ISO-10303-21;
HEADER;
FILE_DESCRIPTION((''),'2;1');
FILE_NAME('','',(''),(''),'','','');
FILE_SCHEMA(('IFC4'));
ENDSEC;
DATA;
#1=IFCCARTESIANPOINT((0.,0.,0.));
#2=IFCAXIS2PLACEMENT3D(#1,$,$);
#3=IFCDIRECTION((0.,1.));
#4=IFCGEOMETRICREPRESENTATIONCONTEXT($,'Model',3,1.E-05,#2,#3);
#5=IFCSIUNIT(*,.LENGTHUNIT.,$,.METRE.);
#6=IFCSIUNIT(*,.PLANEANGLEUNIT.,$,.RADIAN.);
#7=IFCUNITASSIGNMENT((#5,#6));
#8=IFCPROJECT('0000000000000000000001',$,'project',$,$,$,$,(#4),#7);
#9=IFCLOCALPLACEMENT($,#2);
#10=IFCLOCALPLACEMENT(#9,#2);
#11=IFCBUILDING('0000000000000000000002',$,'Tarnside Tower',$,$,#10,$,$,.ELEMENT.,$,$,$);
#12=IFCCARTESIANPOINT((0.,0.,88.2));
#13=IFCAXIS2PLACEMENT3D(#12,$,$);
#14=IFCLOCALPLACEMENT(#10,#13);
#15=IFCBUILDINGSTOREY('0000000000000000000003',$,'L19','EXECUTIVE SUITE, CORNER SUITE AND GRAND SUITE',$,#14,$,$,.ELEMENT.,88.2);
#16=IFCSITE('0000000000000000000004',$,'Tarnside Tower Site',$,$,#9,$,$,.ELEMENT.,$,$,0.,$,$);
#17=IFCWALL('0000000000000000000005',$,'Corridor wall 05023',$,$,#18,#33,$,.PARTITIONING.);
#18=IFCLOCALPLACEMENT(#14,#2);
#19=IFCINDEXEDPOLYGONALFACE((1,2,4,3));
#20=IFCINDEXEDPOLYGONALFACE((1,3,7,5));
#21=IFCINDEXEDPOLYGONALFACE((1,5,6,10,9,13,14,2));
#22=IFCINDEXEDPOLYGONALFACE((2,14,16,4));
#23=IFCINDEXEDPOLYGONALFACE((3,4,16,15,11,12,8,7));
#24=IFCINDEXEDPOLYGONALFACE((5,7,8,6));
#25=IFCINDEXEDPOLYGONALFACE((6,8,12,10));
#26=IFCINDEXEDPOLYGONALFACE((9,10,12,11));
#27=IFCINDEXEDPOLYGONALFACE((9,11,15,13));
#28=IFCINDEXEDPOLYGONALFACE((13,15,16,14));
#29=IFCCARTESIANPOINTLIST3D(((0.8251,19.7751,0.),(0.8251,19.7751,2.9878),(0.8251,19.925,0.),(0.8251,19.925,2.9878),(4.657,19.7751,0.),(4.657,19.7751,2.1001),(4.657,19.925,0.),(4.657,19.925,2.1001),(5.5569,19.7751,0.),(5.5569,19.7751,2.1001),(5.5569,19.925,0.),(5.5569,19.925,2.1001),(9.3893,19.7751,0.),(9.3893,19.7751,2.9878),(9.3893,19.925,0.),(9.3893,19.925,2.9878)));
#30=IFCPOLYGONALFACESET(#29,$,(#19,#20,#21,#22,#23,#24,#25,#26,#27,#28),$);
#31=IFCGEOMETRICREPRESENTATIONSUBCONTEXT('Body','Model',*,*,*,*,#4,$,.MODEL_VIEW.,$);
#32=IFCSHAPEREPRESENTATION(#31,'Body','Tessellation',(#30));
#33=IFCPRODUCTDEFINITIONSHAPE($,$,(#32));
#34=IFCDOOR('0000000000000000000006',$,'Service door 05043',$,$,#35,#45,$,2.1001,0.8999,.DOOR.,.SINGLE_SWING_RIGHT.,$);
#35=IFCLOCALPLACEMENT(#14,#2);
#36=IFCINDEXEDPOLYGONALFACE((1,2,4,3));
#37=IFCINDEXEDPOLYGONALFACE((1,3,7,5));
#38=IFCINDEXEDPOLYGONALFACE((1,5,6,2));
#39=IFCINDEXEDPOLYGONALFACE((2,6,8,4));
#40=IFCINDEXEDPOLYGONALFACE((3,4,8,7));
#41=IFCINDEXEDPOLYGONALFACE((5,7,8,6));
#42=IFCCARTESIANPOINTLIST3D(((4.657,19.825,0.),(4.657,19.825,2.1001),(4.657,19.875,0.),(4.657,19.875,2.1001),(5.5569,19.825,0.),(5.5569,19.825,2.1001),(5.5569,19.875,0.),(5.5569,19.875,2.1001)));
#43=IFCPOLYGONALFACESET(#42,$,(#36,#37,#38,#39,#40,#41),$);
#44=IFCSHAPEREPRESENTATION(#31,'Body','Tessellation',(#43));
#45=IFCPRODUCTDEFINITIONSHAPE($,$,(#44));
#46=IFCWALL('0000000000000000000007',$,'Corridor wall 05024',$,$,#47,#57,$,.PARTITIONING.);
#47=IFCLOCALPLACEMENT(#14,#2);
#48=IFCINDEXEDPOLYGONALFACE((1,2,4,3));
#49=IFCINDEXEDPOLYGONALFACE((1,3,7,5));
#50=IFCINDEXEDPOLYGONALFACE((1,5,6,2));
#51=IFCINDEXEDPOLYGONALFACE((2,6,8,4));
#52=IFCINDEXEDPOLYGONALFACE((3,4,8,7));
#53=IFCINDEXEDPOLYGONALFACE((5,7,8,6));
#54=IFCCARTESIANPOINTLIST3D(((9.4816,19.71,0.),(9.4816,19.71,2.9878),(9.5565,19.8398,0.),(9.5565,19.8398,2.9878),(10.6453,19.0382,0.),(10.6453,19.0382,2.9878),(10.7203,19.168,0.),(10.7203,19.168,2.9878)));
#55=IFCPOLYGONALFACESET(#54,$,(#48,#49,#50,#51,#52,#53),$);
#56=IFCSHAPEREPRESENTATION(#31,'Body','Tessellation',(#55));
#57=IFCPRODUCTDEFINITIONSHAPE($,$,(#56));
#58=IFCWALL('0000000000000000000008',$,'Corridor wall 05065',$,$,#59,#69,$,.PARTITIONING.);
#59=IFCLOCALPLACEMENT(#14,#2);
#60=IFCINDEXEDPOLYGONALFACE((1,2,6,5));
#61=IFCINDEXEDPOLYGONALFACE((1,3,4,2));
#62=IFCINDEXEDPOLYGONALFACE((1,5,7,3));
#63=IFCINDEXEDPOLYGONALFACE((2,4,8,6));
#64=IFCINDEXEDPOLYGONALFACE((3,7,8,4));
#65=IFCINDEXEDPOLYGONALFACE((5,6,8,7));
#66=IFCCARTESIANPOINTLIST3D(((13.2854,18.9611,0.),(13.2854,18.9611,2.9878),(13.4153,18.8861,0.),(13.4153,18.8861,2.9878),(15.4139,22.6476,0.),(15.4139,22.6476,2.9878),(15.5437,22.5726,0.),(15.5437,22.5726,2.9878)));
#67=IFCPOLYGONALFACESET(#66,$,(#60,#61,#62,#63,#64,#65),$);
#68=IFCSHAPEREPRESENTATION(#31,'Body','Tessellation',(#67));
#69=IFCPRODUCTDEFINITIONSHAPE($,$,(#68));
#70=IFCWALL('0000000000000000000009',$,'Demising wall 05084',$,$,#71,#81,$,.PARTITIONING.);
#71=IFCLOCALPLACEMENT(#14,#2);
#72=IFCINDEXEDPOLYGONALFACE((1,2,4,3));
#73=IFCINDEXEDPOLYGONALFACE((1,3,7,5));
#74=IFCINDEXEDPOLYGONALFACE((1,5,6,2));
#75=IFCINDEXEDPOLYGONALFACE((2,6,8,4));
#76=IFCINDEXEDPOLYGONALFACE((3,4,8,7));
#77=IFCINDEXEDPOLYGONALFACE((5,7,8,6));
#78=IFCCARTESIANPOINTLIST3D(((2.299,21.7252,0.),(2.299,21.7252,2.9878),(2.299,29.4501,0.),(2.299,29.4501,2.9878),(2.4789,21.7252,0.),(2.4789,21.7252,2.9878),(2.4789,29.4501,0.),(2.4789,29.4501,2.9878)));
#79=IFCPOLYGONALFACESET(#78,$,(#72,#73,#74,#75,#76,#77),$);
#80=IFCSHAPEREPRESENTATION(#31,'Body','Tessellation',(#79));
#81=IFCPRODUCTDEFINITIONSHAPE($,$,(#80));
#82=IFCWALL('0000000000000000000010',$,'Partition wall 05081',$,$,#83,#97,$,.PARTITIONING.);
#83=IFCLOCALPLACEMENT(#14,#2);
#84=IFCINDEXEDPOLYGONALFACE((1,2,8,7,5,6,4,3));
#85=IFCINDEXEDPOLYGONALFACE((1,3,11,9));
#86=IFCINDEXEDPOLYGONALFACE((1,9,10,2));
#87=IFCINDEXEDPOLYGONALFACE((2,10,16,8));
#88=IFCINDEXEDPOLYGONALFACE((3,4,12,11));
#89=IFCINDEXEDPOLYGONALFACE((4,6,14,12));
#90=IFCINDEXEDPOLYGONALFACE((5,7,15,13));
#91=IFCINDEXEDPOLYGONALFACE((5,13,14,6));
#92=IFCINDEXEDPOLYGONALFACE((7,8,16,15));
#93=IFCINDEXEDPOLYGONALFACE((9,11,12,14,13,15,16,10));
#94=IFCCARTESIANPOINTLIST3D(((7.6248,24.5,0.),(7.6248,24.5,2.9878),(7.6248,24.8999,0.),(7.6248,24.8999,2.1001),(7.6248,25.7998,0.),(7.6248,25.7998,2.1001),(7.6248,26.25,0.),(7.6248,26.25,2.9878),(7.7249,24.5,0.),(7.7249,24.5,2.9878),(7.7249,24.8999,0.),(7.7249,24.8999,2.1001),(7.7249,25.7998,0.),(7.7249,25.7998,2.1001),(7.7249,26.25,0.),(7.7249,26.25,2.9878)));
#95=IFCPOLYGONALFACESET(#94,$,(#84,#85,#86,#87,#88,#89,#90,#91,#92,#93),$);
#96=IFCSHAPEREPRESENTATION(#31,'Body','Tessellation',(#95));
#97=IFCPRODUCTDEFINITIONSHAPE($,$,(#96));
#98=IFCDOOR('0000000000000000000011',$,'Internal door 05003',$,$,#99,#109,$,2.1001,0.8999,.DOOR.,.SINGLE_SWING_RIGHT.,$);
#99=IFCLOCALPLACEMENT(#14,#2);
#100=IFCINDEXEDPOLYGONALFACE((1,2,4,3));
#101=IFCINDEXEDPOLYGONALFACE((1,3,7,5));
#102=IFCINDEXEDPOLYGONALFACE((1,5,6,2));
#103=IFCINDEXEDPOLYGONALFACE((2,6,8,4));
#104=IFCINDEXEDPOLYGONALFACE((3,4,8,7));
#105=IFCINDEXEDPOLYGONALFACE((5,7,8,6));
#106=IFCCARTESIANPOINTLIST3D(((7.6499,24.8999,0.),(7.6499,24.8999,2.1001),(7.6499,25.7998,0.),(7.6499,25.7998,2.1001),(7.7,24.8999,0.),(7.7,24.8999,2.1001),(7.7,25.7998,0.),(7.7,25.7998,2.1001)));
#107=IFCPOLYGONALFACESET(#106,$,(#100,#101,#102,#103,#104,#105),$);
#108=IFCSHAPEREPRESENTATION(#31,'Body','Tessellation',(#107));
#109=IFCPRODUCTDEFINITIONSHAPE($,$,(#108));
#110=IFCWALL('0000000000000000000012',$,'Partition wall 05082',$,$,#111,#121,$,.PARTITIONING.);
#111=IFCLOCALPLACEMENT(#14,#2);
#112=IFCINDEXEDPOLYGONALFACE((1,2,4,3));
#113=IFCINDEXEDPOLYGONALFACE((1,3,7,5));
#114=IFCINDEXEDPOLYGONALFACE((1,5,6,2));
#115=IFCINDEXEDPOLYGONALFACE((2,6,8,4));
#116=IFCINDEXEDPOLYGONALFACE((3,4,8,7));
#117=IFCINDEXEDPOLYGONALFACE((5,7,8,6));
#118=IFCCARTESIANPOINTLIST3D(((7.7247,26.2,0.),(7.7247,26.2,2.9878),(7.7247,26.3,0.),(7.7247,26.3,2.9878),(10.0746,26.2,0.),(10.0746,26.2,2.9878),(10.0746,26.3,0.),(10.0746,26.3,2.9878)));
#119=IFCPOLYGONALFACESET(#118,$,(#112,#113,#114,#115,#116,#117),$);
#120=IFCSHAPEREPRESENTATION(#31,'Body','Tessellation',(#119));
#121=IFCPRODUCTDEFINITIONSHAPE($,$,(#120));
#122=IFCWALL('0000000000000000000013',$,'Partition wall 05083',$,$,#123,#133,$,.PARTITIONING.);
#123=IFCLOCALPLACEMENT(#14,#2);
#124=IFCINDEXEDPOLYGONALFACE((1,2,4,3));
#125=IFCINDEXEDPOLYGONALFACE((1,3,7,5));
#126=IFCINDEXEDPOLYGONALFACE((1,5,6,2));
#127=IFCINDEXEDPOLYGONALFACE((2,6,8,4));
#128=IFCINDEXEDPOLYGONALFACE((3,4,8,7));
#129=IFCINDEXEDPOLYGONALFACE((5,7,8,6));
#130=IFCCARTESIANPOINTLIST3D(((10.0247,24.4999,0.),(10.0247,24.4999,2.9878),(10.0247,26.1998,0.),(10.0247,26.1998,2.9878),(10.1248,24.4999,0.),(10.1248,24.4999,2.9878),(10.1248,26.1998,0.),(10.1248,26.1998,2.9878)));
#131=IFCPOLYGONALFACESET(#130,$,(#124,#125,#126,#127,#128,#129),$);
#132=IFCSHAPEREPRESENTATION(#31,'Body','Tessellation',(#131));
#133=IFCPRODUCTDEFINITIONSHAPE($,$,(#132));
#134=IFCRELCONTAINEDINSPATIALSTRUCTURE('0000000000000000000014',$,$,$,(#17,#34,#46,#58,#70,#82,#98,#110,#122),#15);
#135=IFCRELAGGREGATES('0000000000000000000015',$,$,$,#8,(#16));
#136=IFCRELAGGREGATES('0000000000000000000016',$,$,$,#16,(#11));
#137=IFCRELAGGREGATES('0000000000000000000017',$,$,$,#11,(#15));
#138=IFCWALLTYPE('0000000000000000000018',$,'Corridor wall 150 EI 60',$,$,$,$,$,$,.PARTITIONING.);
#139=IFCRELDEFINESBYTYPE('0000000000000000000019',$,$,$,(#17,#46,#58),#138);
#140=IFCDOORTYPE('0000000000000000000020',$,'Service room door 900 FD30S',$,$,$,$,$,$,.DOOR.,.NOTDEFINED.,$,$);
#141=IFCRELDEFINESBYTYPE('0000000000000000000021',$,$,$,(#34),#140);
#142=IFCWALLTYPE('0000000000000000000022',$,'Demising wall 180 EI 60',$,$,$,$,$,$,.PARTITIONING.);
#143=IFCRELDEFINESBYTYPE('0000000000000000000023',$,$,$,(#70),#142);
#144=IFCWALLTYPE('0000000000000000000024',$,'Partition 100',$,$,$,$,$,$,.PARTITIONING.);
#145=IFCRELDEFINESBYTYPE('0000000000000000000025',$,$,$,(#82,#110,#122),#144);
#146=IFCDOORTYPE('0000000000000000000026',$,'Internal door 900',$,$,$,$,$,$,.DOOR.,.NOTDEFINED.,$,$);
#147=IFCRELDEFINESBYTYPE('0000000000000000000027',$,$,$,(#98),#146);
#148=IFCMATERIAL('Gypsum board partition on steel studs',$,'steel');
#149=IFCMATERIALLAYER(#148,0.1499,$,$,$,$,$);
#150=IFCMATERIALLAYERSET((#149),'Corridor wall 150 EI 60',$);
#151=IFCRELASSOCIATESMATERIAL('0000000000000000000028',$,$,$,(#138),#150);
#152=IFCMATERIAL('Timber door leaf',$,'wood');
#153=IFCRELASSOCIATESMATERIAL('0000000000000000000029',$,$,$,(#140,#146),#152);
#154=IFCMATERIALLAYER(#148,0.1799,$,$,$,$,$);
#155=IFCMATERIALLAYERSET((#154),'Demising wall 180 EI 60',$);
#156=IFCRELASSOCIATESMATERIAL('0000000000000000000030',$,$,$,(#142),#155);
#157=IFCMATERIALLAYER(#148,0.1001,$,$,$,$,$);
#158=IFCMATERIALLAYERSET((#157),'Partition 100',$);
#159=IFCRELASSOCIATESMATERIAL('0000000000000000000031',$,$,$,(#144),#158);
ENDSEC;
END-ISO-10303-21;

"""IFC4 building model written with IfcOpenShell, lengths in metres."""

from ifc_helpers import new_model, si_unit, direction, frame, frame_2d, origin, place, context, subcontext, project, spatial, rectangle, extrude, material, layer, layer_set, type_object, element, fill, save


model = new_model("IFC4")

# Units and contexts
model_context = context("Model", 3, precision=1e-05, world=origin(), true_north=direction((0.0, 1.0)))
body_context = subcontext(model_context, "Body", "Model", "MODEL_VIEW")
ifc_project = project(units=[si_unit("LENGTHUNIT", "METRE"), si_unit("PLANEANGLEUNIT", "RADIAN")], contexts=[model_context])

# Site, building, storey
site_placement = place(None, origin())
site = spatial("IfcSite", under=ifc_project, at=site_placement, Name="Tarnside Tower Site", CompositionType="ELEMENT", RefElevation=0.0)
building_placement = place(site_placement, origin())
building = spatial("IfcBuilding", under=site, at=building_placement, Name="Tarnside Tower", CompositionType="ELEMENT")
storey_placement = place(building_placement, frame((0.0, 0.0, 88.2)))
storey = spatial("IfcBuildingStorey", under=building, at=storey_placement, Name="L19", Description="EXECUTIVE SUITE, CORNER SUITE AND GRAND SUITE", CompositionType="ELEMENT", Elevation=88.2)

# Shared definitions
ifc_material_1 = material(Name="Gypsum board partition on steel studs", Category="steel")
ifc_material_2 = material(Name="Timber door leaf", Category="wood")

# Shared definitions
ifc_layer_1 = layer(ifc_material_1, 0.1499)
ifc_layer_set_1 = layer_set([ifc_layer_1], Name="Corridor wall 150 EI 60")
wall_type_1 = type_object("IfcWallType", Name="Corridor wall 150 EI 60", PredefinedType="PARTITIONING", material=ifc_layer_set_1)

# Wall, opening, door
wall_1_placement = place(storey_placement, frame((0.825, 19.8501, 0.0), z_axis=(0.0, 0.0, 1.0), x_axis=(1.0, 0.0, 0.0)))
wall_1 = element("IfcWall", 1, at=wall_1_placement, inside=storey, type_object=wall_type_1, Name="Corridor wall 05023", PredefinedType="PARTITIONING", context=body_context, shape_type="SweptSolid", body=[
    extrude(rectangle(XDim=8.5642, YDim=0.1499, at=frame_2d((4.2822, 0.0))), origin(), (0.0, 0.0, 1.0), 2.9878),
])
opening_1_placement = place(wall_1_placement, frame((3.832, 0.0, 0.0)))
opening_1 = element("IfcOpeningElement", 2, at=opening_1_placement, cuts=wall_1, PredefinedType="OPENING", context=body_context, shape_type="SweptSolid", body=[
    extrude(rectangle(XDim=0.8999, YDim=2.1001, at=frame_2d((0.45, 1.05))), frame((0.0, 0.085, 0.0), z_axis=(0.0, -1.0, 0.0), x_axis=(1.0, 0.0, 0.0)), (0.0, 0.0, 1.0), 0.1699),
])
door_type_1 = type_object("IfcDoorType", Name="Service room door 900 FD30S", OperationType="NOTDEFINED", PredefinedType="DOOR", material=ifc_material_2)
door_1_placement = place(opening_1_placement, origin())
door_1 = element("IfcDoor", 3, at=door_1_placement, inside=storey, type_object=door_type_1, Name="Service door 05043", OperationType="SINGLE_SWING_RIGHT", OverallHeight=2.1001, OverallWidth=0.8999, PredefinedType="DOOR", context=body_context, shape_type="SweptSolid", body=[
    extrude(rectangle(XDim=0.8999, YDim=2.1001, at=frame_2d((0.45, 1.05))), frame((0.0, 0.0249, 0.0), z_axis=(0.0, -1.0, 0.0), x_axis=(1.0, 0.0, 0.0)), (0.0, 0.0, 1.0), 0.05),
])
fill(opening_1, door_1)

# Walls
wall_2_placement = place(storey_placement, frame((9.519, 19.7749, 0.0), z_axis=(0.0, 0.0, 1.0), x_axis=(0.866043, -0.499969, 0.0)))
element("IfcWall", 4, at=wall_2_placement, inside=storey, type_object=wall_type_1, Name="Corridor wall 05024", PredefinedType="PARTITIONING", context=body_context, shape_type="SweptSolid", body=[
    extrude(rectangle(XDim=1.3438, YDim=0.1499, at=frame_2d((0.6719, 0.0))), origin(), (0.0, 0.0, 1.0), 2.9878),
])
wall_3_placement = place(storey_placement, frame((13.3503, 18.9236, 0.0), z_axis=(0.0, 0.0, 1.0), x_axis=(0.5, 0.866025, 0.0)))
element("IfcWall", 5, at=wall_3_placement, inside=storey, type_object=wall_type_1, Name="Corridor wall 05065", PredefinedType="PARTITIONING", context=body_context, shape_type="SweptSolid", body=[
    extrude(rectangle(XDim=4.2568, YDim=0.1499, at=frame_2d((2.1284, 0.0))), origin(), (0.0, 0.0, 1.0), 2.9878),
])
ifc_layer_2 = layer(ifc_material_1, 0.1799)
ifc_layer_set_2 = layer_set([ifc_layer_2], Name="Demising wall 180 EI 60")
wall_type_2 = type_object("IfcWallType", Name="Demising wall 180 EI 60", PredefinedType="PARTITIONING", material=ifc_layer_set_2)
wall_4_placement = place(storey_placement, frame((2.3889, 29.45, 0.0), z_axis=(0.0, 0.0, 1.0), x_axis=(0.0, -1.0, 0.0)))
element("IfcWall", 6, at=wall_4_placement, inside=storey, type_object=wall_type_2, Name="Demising wall 05084", PredefinedType="PARTITIONING", context=body_context, shape_type="SweptSolid", body=[
    extrude(rectangle(XDim=7.7249, YDim=0.1799, at=frame_2d((3.8623, 0.0))), origin(), (0.0, 0.0, 1.0), 2.9878),
])

# Wall, opening, door
ifc_layer_3 = layer(ifc_material_1, 0.1001)
ifc_layer_set_3 = layer_set([ifc_layer_3], Name="Partition 100")
wall_type_3 = type_object("IfcWallType", Name="Partition 100", PredefinedType="PARTITIONING", material=ifc_layer_set_3)
wall_5_placement = place(storey_placement, frame((7.6748, 24.5, 0.0), z_axis=(0.0, 0.0, 1.0), x_axis=(0.0, 1.0, 0.0)))
wall_5 = element("IfcWall", 7, at=wall_5_placement, inside=storey, type_object=wall_type_3, Name="Partition wall 05081", PredefinedType="PARTITIONING", context=body_context, shape_type="SweptSolid", body=[
    extrude(rectangle(XDim=1.75, YDim=0.1001, at=frame_2d((0.875, 0.0))), origin(), (0.0, 0.0, 1.0), 2.9878),
])
opening_2_placement = place(wall_5_placement, frame((0.3999, 0.0, 0.0)))
opening_2 = element("IfcOpeningElement", 8, at=opening_2_placement, cuts=wall_5, PredefinedType="OPENING", context=body_context, shape_type="SweptSolid", body=[
    extrude(rectangle(XDim=0.8999, YDim=2.1001, at=frame_2d((0.45, 1.05))), frame((0.0, 0.0601, 0.0), z_axis=(0.0, -1.0, 0.0), x_axis=(1.0, 0.0, 0.0)), (0.0, 0.0, 1.0), 0.1201),
])
door_type_2 = type_object("IfcDoorType", Name="Internal door 900", OperationType="NOTDEFINED", PredefinedType="DOOR", material=ifc_material_2)
door_2_placement = place(opening_2_placement, origin())
door_2 = element("IfcDoor", 9, at=door_2_placement, inside=storey, type_object=door_type_2, Name="Internal door 05003", OperationType="SINGLE_SWING_RIGHT", OverallHeight=2.1001, OverallWidth=0.8999, PredefinedType="DOOR", context=body_context, shape_type="SweptSolid", body=[
    extrude(rectangle(XDim=0.8999, YDim=2.1001, at=frame_2d((0.45, 1.05))), frame((0.0, 0.0249, 0.0), z_axis=(0.0, -1.0, 0.0), x_axis=(1.0, 0.0, 0.0)), (0.0, 0.0, 1.0), 0.05),
])
fill(opening_2, door_2)

# Walls
wall_6_placement = place(storey_placement, frame((7.7249, 26.25, 0.0), z_axis=(0.0, 0.0, 1.0), x_axis=(1.0, 0.0, 0.0)))
element("IfcWall", 10, at=wall_6_placement, inside=storey, type_object=wall_type_3, Name="Partition wall 05082", PredefinedType="PARTITIONING", context=body_context, shape_type="SweptSolid", body=[
    extrude(rectangle(XDim=2.3499, YDim=0.1001, at=frame_2d((1.1748, 0.0))), origin(), (0.0, 0.0, 1.0), 2.9878),
])
wall_7_placement = place(storey_placement, frame((10.0747, 26.2, 0.0), z_axis=(0.0, 0.0, 1.0), x_axis=(0.0, -1.0, 0.0)))
element("IfcWall", 11, at=wall_7_placement, inside=storey, type_object=wall_type_3, Name="Partition wall 05083", PredefinedType="PARTITIONING", context=body_context, shape_type="SweptSolid", body=[
    extrude(rectangle(XDim=1.7, YDim=0.1001, at=frame_2d((0.8501, 0.0))), origin(), (0.0, 0.0, 1.0), 2.9878),
])

save(model, "model.ifc")
